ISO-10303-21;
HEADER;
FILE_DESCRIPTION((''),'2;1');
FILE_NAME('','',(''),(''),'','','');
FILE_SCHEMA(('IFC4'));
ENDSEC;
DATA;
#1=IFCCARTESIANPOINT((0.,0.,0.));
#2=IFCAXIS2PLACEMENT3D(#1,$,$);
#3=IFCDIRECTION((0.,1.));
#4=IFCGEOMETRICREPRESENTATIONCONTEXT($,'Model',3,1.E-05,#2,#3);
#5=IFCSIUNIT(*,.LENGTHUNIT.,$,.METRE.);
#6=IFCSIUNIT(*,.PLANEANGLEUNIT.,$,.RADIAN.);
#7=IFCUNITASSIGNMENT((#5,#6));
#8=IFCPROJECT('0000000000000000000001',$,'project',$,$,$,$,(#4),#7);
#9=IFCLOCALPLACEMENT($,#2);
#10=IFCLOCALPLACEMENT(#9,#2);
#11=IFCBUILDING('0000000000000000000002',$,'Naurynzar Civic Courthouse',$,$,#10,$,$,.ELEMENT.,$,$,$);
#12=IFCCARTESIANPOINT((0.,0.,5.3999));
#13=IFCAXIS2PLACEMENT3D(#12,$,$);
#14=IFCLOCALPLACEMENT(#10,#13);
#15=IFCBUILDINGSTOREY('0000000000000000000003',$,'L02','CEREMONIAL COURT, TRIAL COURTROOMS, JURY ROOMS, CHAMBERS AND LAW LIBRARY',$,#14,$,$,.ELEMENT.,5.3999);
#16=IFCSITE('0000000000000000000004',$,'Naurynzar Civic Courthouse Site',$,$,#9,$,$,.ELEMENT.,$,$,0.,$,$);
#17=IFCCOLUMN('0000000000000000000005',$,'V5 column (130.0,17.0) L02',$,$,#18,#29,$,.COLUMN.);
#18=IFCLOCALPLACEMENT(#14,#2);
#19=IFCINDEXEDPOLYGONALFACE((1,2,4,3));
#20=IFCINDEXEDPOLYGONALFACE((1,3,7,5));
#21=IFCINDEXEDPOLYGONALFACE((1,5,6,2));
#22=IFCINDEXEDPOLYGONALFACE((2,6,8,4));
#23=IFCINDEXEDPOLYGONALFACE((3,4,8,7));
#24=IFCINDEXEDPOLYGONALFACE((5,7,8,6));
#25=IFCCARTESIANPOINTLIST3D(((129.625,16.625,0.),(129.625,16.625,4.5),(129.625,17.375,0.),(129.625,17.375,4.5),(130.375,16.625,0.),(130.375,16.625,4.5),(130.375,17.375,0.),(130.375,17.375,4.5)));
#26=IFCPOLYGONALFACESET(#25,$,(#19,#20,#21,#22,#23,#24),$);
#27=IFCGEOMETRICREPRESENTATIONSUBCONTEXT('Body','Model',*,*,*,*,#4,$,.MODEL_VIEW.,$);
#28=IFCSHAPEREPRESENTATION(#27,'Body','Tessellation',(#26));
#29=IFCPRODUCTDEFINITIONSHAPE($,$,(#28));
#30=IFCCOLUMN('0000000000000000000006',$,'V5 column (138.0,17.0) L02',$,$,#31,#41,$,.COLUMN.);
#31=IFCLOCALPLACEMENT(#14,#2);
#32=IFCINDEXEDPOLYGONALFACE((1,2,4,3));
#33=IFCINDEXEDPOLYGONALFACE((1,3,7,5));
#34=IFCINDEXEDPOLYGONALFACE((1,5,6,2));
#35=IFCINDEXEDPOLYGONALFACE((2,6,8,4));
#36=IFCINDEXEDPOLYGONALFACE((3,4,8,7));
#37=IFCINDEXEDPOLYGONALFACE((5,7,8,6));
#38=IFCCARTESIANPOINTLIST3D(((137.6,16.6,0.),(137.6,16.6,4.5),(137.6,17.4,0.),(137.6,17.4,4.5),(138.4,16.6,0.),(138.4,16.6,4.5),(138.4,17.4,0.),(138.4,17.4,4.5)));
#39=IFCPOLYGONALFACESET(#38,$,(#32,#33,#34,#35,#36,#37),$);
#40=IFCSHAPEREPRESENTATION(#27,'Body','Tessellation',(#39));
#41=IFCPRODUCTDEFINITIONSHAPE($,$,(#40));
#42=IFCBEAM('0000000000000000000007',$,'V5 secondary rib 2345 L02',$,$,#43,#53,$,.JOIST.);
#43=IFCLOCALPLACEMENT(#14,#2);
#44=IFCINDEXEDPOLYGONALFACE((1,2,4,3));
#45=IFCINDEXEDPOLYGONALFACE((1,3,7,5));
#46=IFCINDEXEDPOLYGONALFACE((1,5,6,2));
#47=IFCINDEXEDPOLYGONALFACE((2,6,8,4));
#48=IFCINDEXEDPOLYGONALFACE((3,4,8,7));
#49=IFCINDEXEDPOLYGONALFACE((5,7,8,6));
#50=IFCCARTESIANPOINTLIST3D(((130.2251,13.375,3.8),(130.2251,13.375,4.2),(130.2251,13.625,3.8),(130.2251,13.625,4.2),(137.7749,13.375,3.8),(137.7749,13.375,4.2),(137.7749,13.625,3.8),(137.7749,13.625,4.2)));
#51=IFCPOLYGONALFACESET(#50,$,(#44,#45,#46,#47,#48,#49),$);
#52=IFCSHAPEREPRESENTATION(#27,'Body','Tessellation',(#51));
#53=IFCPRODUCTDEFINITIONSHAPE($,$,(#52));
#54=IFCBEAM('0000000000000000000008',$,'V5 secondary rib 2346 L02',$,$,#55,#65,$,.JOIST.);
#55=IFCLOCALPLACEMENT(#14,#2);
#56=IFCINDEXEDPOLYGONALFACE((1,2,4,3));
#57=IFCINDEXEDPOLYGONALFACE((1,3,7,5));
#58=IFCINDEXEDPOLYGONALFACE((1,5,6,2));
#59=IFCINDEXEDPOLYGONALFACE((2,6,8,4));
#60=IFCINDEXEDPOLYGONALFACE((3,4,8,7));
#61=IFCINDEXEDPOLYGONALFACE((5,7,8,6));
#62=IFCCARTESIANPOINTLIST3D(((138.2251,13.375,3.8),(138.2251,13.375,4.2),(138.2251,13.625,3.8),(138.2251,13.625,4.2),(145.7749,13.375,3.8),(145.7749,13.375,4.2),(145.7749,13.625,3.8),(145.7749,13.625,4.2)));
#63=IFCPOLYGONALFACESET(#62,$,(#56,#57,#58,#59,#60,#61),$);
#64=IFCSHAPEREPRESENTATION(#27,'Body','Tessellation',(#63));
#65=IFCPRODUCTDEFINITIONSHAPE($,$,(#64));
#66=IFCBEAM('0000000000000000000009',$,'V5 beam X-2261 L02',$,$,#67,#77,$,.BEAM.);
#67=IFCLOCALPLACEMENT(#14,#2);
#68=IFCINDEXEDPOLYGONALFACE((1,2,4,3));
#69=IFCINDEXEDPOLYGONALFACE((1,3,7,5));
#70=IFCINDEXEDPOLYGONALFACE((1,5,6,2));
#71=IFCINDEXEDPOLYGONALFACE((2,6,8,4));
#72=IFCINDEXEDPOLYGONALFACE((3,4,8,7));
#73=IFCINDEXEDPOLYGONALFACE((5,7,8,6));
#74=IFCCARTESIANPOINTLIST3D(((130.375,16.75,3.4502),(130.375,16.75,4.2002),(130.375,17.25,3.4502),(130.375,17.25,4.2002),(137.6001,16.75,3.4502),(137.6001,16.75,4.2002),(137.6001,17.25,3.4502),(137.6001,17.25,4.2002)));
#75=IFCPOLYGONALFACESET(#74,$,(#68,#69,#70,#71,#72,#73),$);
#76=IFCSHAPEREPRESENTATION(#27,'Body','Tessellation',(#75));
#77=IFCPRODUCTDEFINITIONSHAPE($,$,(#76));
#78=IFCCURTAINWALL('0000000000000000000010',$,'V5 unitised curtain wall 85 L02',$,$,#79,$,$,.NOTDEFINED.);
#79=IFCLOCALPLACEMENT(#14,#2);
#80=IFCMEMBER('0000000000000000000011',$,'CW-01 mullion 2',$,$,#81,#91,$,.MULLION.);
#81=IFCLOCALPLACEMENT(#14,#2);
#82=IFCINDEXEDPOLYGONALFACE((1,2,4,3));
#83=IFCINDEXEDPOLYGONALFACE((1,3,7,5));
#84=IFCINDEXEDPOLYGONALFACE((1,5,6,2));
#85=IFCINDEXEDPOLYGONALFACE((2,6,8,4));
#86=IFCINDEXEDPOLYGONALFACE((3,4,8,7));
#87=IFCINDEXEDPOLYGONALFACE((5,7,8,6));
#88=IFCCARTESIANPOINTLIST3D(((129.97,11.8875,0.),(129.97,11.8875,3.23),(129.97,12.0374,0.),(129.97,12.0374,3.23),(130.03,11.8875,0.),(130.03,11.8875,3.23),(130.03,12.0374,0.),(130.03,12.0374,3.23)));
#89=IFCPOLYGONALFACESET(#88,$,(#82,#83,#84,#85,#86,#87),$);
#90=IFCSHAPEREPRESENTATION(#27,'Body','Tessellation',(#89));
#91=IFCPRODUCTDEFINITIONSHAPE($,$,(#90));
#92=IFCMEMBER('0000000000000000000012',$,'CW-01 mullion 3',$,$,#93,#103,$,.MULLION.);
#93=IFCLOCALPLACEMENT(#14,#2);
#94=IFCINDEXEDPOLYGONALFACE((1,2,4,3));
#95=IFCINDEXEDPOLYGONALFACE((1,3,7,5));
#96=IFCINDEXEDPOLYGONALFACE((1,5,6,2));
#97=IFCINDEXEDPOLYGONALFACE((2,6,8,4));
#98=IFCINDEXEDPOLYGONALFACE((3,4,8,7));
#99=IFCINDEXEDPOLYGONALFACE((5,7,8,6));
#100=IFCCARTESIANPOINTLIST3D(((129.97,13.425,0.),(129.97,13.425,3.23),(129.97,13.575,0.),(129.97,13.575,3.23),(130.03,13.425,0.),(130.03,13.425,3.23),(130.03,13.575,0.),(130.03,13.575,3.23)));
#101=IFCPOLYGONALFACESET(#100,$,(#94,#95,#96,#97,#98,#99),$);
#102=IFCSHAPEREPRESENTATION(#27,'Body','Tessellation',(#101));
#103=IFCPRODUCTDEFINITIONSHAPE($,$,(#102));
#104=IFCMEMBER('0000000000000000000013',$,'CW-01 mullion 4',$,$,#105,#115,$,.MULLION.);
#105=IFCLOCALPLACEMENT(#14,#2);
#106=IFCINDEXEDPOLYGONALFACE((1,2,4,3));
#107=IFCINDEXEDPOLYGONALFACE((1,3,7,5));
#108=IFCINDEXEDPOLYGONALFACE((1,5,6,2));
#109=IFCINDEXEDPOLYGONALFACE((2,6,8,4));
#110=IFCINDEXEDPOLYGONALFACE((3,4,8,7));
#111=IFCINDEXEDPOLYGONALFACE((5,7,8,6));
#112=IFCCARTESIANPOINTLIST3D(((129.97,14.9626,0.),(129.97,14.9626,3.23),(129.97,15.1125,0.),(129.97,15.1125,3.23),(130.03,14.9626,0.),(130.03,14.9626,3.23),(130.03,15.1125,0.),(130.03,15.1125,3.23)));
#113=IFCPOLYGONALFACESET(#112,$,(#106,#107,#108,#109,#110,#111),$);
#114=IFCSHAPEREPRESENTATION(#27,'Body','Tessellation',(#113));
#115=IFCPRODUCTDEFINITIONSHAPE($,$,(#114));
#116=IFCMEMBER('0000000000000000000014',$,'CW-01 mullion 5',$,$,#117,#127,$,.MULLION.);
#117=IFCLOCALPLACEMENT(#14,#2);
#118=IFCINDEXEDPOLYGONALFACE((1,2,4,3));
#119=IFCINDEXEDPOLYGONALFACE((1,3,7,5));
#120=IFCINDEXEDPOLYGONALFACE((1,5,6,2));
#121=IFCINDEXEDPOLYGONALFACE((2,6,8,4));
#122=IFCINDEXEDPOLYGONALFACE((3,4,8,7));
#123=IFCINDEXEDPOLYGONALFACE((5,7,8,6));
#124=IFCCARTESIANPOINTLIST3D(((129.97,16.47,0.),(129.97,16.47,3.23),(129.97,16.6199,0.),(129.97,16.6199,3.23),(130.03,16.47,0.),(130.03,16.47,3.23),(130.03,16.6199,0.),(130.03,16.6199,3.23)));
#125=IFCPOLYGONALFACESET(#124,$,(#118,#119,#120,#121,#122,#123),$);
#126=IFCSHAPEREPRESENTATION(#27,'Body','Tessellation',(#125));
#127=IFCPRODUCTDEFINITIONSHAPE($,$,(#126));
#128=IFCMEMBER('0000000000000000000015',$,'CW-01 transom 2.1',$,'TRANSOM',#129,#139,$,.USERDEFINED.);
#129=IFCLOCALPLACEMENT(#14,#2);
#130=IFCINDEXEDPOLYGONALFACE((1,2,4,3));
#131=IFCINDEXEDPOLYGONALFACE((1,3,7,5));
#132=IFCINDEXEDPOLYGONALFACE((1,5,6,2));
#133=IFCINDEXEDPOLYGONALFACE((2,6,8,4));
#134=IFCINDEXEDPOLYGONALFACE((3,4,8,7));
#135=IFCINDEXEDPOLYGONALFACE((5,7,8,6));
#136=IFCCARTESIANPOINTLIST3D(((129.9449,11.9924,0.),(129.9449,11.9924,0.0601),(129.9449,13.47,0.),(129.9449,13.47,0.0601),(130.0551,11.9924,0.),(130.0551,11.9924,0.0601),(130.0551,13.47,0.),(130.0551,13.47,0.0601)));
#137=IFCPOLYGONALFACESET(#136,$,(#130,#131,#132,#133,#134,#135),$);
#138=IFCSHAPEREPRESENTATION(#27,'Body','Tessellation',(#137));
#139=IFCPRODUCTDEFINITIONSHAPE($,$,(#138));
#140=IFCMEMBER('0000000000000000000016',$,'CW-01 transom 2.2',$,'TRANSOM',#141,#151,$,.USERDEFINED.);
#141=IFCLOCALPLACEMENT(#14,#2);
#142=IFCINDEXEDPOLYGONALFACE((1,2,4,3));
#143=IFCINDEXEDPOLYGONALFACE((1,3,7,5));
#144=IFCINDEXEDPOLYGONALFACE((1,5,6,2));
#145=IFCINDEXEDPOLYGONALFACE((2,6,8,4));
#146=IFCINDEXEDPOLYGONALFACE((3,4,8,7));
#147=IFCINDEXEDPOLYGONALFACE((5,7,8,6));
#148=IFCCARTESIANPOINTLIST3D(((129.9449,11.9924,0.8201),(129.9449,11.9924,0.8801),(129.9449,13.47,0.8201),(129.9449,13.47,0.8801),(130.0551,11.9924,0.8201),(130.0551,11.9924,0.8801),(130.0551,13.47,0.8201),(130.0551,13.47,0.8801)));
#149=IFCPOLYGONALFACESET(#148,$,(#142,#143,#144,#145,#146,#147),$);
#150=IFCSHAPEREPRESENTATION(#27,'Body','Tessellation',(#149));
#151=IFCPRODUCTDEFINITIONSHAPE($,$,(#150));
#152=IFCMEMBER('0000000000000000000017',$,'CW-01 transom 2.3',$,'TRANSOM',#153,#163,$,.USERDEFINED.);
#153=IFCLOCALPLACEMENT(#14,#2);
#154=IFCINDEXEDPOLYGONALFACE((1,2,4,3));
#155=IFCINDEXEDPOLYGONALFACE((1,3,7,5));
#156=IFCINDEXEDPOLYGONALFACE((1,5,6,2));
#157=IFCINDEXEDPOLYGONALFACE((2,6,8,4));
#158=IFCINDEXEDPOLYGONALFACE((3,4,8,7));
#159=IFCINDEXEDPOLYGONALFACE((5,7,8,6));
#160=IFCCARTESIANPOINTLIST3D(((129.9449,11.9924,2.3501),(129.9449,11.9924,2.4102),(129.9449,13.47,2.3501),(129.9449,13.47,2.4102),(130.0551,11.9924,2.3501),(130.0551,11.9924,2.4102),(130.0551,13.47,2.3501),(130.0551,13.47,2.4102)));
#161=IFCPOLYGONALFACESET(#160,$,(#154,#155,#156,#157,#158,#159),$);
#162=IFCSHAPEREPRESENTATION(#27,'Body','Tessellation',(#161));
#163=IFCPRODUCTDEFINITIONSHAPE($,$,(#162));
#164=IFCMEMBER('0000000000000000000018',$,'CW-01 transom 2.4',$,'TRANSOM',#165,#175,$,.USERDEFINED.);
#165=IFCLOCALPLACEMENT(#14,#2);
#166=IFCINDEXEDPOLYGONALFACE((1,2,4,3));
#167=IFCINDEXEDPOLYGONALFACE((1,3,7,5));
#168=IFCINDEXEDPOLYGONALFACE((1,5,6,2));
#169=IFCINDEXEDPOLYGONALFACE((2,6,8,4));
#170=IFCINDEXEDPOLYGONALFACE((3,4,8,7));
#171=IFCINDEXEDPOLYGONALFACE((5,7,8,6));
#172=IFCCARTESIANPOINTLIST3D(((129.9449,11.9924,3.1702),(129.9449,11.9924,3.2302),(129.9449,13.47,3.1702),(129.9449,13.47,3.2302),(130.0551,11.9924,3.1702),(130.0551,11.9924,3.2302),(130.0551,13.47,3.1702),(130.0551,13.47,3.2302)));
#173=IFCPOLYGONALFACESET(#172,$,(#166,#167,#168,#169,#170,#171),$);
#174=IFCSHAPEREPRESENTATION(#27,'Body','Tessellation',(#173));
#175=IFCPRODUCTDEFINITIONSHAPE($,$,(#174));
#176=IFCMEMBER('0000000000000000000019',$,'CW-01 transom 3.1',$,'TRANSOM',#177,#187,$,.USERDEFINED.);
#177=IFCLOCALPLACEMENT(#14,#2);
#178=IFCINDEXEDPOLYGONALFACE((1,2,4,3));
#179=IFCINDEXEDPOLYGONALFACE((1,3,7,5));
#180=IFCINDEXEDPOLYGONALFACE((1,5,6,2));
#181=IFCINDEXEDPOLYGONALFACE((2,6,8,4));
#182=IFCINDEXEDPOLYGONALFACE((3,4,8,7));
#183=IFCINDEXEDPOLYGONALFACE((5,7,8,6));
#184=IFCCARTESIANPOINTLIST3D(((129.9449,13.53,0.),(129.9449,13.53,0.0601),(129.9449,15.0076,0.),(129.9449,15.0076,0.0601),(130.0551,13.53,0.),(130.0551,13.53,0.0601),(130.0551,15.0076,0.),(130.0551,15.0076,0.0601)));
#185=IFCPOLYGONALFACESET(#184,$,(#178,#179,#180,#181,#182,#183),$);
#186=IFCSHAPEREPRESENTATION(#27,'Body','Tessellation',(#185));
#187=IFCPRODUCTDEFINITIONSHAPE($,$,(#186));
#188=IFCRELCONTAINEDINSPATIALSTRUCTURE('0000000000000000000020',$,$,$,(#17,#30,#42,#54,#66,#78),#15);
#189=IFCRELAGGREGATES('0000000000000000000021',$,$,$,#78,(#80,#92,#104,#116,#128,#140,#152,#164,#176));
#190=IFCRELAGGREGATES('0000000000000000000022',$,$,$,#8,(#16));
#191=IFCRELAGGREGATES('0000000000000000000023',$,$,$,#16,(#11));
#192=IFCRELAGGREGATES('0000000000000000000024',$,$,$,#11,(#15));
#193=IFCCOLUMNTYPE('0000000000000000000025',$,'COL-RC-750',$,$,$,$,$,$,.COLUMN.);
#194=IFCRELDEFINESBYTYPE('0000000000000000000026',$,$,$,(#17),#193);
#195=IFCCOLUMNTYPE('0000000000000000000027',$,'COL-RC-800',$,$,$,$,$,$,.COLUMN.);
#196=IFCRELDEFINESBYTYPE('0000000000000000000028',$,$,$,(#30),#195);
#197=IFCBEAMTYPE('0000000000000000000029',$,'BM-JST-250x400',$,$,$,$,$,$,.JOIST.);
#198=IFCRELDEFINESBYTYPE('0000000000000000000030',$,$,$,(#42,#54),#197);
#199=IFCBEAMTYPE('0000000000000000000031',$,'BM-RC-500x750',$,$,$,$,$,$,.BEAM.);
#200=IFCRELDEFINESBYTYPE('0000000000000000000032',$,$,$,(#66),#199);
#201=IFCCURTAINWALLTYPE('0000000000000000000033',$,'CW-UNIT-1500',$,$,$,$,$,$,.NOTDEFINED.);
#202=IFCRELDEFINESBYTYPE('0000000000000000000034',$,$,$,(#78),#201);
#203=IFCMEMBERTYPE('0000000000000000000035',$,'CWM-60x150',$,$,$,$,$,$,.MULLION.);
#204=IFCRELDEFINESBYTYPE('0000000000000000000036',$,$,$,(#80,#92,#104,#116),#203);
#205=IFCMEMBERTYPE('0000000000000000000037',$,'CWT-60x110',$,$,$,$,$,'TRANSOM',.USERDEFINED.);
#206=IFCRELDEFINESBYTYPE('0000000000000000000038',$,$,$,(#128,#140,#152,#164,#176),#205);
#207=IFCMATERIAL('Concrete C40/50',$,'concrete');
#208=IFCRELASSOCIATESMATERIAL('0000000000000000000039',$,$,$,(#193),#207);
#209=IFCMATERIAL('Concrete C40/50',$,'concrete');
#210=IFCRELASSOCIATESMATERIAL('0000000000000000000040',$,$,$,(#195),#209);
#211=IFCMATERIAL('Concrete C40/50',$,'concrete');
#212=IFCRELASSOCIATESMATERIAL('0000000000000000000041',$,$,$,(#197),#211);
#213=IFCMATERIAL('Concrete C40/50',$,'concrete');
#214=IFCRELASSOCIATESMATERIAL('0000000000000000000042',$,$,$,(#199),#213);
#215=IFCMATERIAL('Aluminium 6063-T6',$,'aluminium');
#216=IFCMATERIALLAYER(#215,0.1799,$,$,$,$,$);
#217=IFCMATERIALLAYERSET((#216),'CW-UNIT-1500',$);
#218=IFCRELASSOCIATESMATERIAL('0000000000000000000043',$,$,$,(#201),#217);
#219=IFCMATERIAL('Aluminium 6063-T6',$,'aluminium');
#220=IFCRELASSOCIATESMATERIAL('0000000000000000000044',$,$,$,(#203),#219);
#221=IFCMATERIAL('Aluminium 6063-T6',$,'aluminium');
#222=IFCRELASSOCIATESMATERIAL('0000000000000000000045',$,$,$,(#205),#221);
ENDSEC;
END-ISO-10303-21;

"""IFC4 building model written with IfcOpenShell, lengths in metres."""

from ifc_helpers import new_model, si_unit, direction, frame, origin, origin_2d, place, context, subcontext, project, spatial, rectangle, extrude, material, layer, layer_set, material_profile, profile_set, type_object, element, aggregate, save


model = new_model("IFC4")

# Units and contexts
model_context = context("Model", 3, precision=1e-05, world=origin(), true_north=direction((0.0, 1.0)))
body_context = subcontext(model_context, "Body", "Model", "MODEL_VIEW")
ifc_project = project(units=[si_unit("LENGTHUNIT", "METRE"), si_unit("PLANEANGLEUNIT", "RADIAN")], contexts=[model_context])

# Site, building, storey
site_placement = place(None, origin())
site = spatial("IfcSite", under=ifc_project, at=site_placement, Name="Naurynzar Civic Courthouse Site", CompositionType="ELEMENT", RefElevation=0.0)
building_placement = place(site_placement, origin())
building = spatial("IfcBuilding", under=site, at=building_placement, Name="Naurynzar Civic Courthouse", CompositionType="ELEMENT")
storey_placement = place(building_placement, frame((0.0, 0.0, 5.3999)))
storey = spatial("IfcBuildingStorey", under=building, at=storey_placement, Name="L02", Description="CEREMONIAL COURT, TRIAL COURTROOMS, JURY ROOMS, CHAMBERS AND LAW LIBRARY", CompositionType="ELEMENT", Elevation=5.3999)

# Columns
ifc_material_1 = material(Name="Concrete C40/50", Category="concrete")
ifc_material_profile_1 = material_profile(ifc_material_1, rectangle(XDim=0.75, YDim=0.75, at=origin_2d()), Name="RC 750x750")
ifc_profile_set_1 = profile_set([ifc_material_profile_1], Name="Concrete C40/50")
column_type_1 = type_object("IfcColumnType", Name="COL-RC-750", PredefinedType="COLUMN", material=ifc_profile_set_1)
column_1_placement = place(storey_placement, frame((130.0, 17.0, 0.0), z_axis=(0.0, 0.0, 1.0), x_axis=(1.0, 0.0, 0.0)))
element("IfcColumn", 1, at=column_1_placement, inside=storey, type_object=column_type_1, Name="V5 column (130.0,17.0) L02", PredefinedType="COLUMN", context=body_context, shape_type="SweptSolid", body=[
    extrude(rectangle(XDim=0.75, YDim=0.75, at=origin_2d()), origin(), (0.0, 0.0, 1.0), 4.5),
])
ifc_material_2 = material(Name="Concrete C40/50", Category="concrete")
ifc_material_profile_2 = material_profile(ifc_material_2, rectangle(XDim=0.8, YDim=0.8, at=origin_2d()), Name="RC 800x800")
ifc_profile_set_2 = profile_set([ifc_material_profile_2], Name="Concrete C40/50")
column_type_2 = type_object("IfcColumnType", Name="COL-RC-800", PredefinedType="COLUMN", material=ifc_profile_set_2)
column_2_placement = place(storey_placement, frame((138.0, 17.0, 0.0), z_axis=(0.0, 0.0, 1.0), x_axis=(1.0, 0.0, 0.0)))
element("IfcColumn", 2, at=column_2_placement, inside=storey, type_object=column_type_2, Name="V5 column (138.0,17.0) L02", PredefinedType="COLUMN", context=body_context, shape_type="SweptSolid", body=[
    extrude(rectangle(XDim=0.8, YDim=0.8, at=origin_2d()), origin(), (0.0, 0.0, 1.0), 4.5),
])

# Beams
ifc_material_3 = material(Name="Concrete C40/50", Category="concrete")
ifc_material_profile_3 = material_profile(ifc_material_3, rectangle(XDim=0.25, YDim=0.3999, at=origin_2d()), Name="RCB 250x400")
ifc_profile_set_3 = profile_set([ifc_material_profile_3], Name="Concrete C40/50")
beam_type_1 = type_object("IfcBeamType", Name="BM-JST-250x400", PredefinedType="JOIST", material=ifc_profile_set_3)
for number, where, z_axis, x_axis, name in (
    (3, (130.2251, 13.5, 4.0), (1.0, 0.0, 0.0), (0.0, 1.0, 0.0), "V5 secondary rib 2345 L02"),
    (4, (138.2251, 13.5, 4.0), (1.0, 0.0, 0.0), (0.0, 1.0, 0.0), "V5 secondary rib 2346 L02"),
):
    element("IfcBeam", number, at=place(storey_placement, frame(where, z_axis=z_axis, x_axis=x_axis)), inside=storey, type_object=beam_type_1, Name=name, PredefinedType="JOIST", context=body_context, shape_type="SweptSolid", body=[
        extrude(rectangle(XDim=0.25, YDim=0.3999, at=origin_2d()), origin(), (0.0, 0.0, 1.0), 7.5498),
    ])
ifc_material_4 = material(Name="Concrete C40/50", Category="concrete")
ifc_material_profile_4 = material_profile(ifc_material_4, rectangle(XDim=0.5, YDim=0.75, at=origin_2d()), Name="RCB 500x750")
ifc_profile_set_4 = profile_set([ifc_material_profile_4], Name="Concrete C40/50")
beam_type_2 = type_object("IfcBeamType", Name="BM-RC-500x750", PredefinedType="BEAM", material=ifc_profile_set_4)
beam_placement = place(storey_placement, frame((130.375, 17.0, 3.8252), z_axis=(1.0, 0.0, 0.0), x_axis=(0.0, 1.0, 0.0)))
element("IfcBeam", 5, at=beam_placement, inside=storey, type_object=beam_type_2, Name="V5 beam X-2261 L02", PredefinedType="BEAM", context=body_context, shape_type="SweptSolid", body=[
    extrude(rectangle(XDim=0.5, YDim=0.75, at=origin_2d()), origin(), (0.0, 0.0, 1.0), 7.2251),
])

# Curtain wall, members
ifc_material_5 = material(Name="Aluminium 6063-T6", Category="aluminium")
ifc_layer_1 = layer(ifc_material_5, 0.1799)
ifc_layer_set_1 = layer_set([ifc_layer_1], Name="CW-UNIT-1500")
curtain_wall_type = type_object("IfcCurtainWallType", Name="CW-UNIT-1500", PredefinedType="NOTDEFINED", material=ifc_layer_set_1)
curtain_wall_placement = place(storey_placement, origin())
curtain_wall = element("IfcCurtainWall", 6, at=curtain_wall_placement, inside=storey, type_object=curtain_wall_type, Name="V5 unitised curtain wall 85 L02", PredefinedType="NOTDEFINED")
ifc_material_6 = material(Name="Aluminium 6063-T6", Category="aluminium")
ifc_material_profile_5 = material_profile(ifc_material_6, rectangle(XDim=0.0601, YDim=0.1499, at=origin_2d()), Name="ALU MULLION 60x150")
ifc_profile_set_5 = profile_set([ifc_material_profile_5], Name="Aluminium 6063-T6")
member_type_1 = type_object("IfcMemberType", Name="CWM-60x150", PredefinedType="MULLION", material=ifc_profile_set_5)
member_1_placement = place(storey_placement, frame((130.0, 11.9624, 0.0), z_axis=(0.0, 0.0, 1.0), x_axis=(-1.0, 0.0, 0.0)))
member_1 = element("IfcMember", 7, at=member_1_placement, type_object=member_type_1, Name="CW-01 mullion 2", PredefinedType="MULLION", context=body_context, shape_type="SweptSolid", body=[
    extrude(rectangle(XDim=0.0601, YDim=0.1499, at=origin_2d()), origin(), (0.0, 0.0, 1.0), 3.23),
])
member_2_placement = place(storey_placement, frame((130.0, 13.5, 0.0), z_axis=(0.0, 0.0, 1.0), x_axis=(-1.0, 0.0, 0.0)))
member_2 = element("IfcMember", 8, at=member_2_placement, type_object=member_type_1, Name="CW-01 mullion 3", PredefinedType="MULLION", context=body_context, shape_type="SweptSolid", body=[
    extrude(rectangle(XDim=0.0601, YDim=0.1499, at=origin_2d()), origin(), (0.0, 0.0, 1.0), 3.23),
])
member_3_placement = place(storey_placement, frame((130.0, 15.0376, 0.0), z_axis=(0.0, 0.0, 1.0), x_axis=(-1.0, 0.0, 0.0)))
member_3 = element("IfcMember", 9, at=member_3_placement, type_object=member_type_1, Name="CW-01 mullion 4", PredefinedType="MULLION", context=body_context, shape_type="SweptSolid", body=[
    extrude(rectangle(XDim=0.0601, YDim=0.1499, at=origin_2d()), origin(), (0.0, 0.0, 1.0), 3.23),
])
member_4_placement = place(storey_placement, frame((130.0, 16.5449, 0.0), z_axis=(0.0, 0.0, 1.0), x_axis=(-1.0, 0.0, 0.0)))
member_4 = element("IfcMember", 10, at=member_4_placement, type_object=member_type_1, Name="CW-01 mullion 5", PredefinedType="MULLION", context=body_context, shape_type="SweptSolid", body=[
    extrude(rectangle(XDim=0.0601, YDim=0.1499, at=origin_2d()), origin(), (0.0, 0.0, 1.0), 3.23),
])
ifc_material_7 = material(Name="Aluminium 6063-T6", Category="aluminium")
ifc_material_profile_6 = material_profile(ifc_material_7, rectangle(XDim=0.1101, YDim=0.0601, at=origin_2d()), Name="ALU TRANSOM 60x110")
ifc_profile_set_6 = profile_set([ifc_material_profile_6], Name="Aluminium 6063-T6")
member_type_2 = type_object("IfcMemberType", Name="CWT-60x110", ElementType="TRANSOM", PredefinedType="USERDEFINED", material=ifc_profile_set_6)
member_5_placement = place(storey_placement, frame((130.0, 11.9924, 0.03), z_axis=(0.0, 1.0, 0.0), x_axis=(-1.0, 0.0, 0.0)))
member_5 = element("IfcMember", 11, at=member_5_placement, type_object=member_type_2, Name="CW-01 transom 2.1", ObjectType="TRANSOM", PredefinedType="USERDEFINED", context=body_context, shape_type="SweptSolid", body=[
    extrude(rectangle(XDim=0.1101, YDim=0.0601, at=origin_2d()), origin(), (0.0, 0.0, 1.0), 1.4775),
])
member_6_placement = place(storey_placement, frame((130.0, 11.9924, 0.8501), z_axis=(0.0, 1.0, 0.0), x_axis=(-1.0, 0.0, 0.0)))
member_6 = element("IfcMember", 12, at=member_6_placement, type_object=member_type_2, Name="CW-01 transom 2.2", ObjectType="TRANSOM", PredefinedType="USERDEFINED", context=body_context, shape_type="SweptSolid", body=[
    extrude(rectangle(XDim=0.1101, YDim=0.0601, at=origin_2d()), origin(), (0.0, 0.0, 1.0), 1.4775),
])
member_7_placement = place(storey_placement, frame((130.0, 11.9924, 2.3801), z_axis=(0.0, 1.0, 0.0), x_axis=(-1.0, 0.0, 0.0)))
member_7 = element("IfcMember", 13, at=member_7_placement, type_object=member_type_2, Name="CW-01 transom 2.3", ObjectType="TRANSOM", PredefinedType="USERDEFINED", context=body_context, shape_type="SweptSolid", body=[
    extrude(rectangle(XDim=0.1101, YDim=0.0601, at=origin_2d()), origin(), (0.0, 0.0, 1.0), 1.4775),
])
member_8_placement = place(storey_placement, frame((130.0, 11.9924, 3.2002), z_axis=(0.0, 1.0, 0.0), x_axis=(-1.0, 0.0, 0.0)))
member_8 = element("IfcMember", 14, at=member_8_placement, type_object=member_type_2, Name="CW-01 transom 2.4", ObjectType="TRANSOM", PredefinedType="USERDEFINED", context=body_context, shape_type="SweptSolid", body=[
    extrude(rectangle(XDim=0.1101, YDim=0.0601, at=origin_2d()), origin(), (0.0, 0.0, 1.0), 1.4775),
])
member_9_placement = place(storey_placement, frame((130.0, 13.53, 0.03), z_axis=(0.0, 1.0, 0.0), x_axis=(-1.0, 0.0, 0.0)))
member_9 = element("IfcMember", 15, at=member_9_placement, type_object=member_type_2, Name="CW-01 transom 3.1", ObjectType="TRANSOM", PredefinedType="USERDEFINED", context=body_context, shape_type="SweptSolid", body=[
    extrude(rectangle(XDim=0.1101, YDim=0.0601, at=origin_2d()), origin(), (0.0, 0.0, 1.0), 1.4775),
])
aggregate(curtain_wall, [member_1, member_2, member_3, member_4, member_5, member_6, member_7, member_8, member_9])

save(model, "model.ifc")
